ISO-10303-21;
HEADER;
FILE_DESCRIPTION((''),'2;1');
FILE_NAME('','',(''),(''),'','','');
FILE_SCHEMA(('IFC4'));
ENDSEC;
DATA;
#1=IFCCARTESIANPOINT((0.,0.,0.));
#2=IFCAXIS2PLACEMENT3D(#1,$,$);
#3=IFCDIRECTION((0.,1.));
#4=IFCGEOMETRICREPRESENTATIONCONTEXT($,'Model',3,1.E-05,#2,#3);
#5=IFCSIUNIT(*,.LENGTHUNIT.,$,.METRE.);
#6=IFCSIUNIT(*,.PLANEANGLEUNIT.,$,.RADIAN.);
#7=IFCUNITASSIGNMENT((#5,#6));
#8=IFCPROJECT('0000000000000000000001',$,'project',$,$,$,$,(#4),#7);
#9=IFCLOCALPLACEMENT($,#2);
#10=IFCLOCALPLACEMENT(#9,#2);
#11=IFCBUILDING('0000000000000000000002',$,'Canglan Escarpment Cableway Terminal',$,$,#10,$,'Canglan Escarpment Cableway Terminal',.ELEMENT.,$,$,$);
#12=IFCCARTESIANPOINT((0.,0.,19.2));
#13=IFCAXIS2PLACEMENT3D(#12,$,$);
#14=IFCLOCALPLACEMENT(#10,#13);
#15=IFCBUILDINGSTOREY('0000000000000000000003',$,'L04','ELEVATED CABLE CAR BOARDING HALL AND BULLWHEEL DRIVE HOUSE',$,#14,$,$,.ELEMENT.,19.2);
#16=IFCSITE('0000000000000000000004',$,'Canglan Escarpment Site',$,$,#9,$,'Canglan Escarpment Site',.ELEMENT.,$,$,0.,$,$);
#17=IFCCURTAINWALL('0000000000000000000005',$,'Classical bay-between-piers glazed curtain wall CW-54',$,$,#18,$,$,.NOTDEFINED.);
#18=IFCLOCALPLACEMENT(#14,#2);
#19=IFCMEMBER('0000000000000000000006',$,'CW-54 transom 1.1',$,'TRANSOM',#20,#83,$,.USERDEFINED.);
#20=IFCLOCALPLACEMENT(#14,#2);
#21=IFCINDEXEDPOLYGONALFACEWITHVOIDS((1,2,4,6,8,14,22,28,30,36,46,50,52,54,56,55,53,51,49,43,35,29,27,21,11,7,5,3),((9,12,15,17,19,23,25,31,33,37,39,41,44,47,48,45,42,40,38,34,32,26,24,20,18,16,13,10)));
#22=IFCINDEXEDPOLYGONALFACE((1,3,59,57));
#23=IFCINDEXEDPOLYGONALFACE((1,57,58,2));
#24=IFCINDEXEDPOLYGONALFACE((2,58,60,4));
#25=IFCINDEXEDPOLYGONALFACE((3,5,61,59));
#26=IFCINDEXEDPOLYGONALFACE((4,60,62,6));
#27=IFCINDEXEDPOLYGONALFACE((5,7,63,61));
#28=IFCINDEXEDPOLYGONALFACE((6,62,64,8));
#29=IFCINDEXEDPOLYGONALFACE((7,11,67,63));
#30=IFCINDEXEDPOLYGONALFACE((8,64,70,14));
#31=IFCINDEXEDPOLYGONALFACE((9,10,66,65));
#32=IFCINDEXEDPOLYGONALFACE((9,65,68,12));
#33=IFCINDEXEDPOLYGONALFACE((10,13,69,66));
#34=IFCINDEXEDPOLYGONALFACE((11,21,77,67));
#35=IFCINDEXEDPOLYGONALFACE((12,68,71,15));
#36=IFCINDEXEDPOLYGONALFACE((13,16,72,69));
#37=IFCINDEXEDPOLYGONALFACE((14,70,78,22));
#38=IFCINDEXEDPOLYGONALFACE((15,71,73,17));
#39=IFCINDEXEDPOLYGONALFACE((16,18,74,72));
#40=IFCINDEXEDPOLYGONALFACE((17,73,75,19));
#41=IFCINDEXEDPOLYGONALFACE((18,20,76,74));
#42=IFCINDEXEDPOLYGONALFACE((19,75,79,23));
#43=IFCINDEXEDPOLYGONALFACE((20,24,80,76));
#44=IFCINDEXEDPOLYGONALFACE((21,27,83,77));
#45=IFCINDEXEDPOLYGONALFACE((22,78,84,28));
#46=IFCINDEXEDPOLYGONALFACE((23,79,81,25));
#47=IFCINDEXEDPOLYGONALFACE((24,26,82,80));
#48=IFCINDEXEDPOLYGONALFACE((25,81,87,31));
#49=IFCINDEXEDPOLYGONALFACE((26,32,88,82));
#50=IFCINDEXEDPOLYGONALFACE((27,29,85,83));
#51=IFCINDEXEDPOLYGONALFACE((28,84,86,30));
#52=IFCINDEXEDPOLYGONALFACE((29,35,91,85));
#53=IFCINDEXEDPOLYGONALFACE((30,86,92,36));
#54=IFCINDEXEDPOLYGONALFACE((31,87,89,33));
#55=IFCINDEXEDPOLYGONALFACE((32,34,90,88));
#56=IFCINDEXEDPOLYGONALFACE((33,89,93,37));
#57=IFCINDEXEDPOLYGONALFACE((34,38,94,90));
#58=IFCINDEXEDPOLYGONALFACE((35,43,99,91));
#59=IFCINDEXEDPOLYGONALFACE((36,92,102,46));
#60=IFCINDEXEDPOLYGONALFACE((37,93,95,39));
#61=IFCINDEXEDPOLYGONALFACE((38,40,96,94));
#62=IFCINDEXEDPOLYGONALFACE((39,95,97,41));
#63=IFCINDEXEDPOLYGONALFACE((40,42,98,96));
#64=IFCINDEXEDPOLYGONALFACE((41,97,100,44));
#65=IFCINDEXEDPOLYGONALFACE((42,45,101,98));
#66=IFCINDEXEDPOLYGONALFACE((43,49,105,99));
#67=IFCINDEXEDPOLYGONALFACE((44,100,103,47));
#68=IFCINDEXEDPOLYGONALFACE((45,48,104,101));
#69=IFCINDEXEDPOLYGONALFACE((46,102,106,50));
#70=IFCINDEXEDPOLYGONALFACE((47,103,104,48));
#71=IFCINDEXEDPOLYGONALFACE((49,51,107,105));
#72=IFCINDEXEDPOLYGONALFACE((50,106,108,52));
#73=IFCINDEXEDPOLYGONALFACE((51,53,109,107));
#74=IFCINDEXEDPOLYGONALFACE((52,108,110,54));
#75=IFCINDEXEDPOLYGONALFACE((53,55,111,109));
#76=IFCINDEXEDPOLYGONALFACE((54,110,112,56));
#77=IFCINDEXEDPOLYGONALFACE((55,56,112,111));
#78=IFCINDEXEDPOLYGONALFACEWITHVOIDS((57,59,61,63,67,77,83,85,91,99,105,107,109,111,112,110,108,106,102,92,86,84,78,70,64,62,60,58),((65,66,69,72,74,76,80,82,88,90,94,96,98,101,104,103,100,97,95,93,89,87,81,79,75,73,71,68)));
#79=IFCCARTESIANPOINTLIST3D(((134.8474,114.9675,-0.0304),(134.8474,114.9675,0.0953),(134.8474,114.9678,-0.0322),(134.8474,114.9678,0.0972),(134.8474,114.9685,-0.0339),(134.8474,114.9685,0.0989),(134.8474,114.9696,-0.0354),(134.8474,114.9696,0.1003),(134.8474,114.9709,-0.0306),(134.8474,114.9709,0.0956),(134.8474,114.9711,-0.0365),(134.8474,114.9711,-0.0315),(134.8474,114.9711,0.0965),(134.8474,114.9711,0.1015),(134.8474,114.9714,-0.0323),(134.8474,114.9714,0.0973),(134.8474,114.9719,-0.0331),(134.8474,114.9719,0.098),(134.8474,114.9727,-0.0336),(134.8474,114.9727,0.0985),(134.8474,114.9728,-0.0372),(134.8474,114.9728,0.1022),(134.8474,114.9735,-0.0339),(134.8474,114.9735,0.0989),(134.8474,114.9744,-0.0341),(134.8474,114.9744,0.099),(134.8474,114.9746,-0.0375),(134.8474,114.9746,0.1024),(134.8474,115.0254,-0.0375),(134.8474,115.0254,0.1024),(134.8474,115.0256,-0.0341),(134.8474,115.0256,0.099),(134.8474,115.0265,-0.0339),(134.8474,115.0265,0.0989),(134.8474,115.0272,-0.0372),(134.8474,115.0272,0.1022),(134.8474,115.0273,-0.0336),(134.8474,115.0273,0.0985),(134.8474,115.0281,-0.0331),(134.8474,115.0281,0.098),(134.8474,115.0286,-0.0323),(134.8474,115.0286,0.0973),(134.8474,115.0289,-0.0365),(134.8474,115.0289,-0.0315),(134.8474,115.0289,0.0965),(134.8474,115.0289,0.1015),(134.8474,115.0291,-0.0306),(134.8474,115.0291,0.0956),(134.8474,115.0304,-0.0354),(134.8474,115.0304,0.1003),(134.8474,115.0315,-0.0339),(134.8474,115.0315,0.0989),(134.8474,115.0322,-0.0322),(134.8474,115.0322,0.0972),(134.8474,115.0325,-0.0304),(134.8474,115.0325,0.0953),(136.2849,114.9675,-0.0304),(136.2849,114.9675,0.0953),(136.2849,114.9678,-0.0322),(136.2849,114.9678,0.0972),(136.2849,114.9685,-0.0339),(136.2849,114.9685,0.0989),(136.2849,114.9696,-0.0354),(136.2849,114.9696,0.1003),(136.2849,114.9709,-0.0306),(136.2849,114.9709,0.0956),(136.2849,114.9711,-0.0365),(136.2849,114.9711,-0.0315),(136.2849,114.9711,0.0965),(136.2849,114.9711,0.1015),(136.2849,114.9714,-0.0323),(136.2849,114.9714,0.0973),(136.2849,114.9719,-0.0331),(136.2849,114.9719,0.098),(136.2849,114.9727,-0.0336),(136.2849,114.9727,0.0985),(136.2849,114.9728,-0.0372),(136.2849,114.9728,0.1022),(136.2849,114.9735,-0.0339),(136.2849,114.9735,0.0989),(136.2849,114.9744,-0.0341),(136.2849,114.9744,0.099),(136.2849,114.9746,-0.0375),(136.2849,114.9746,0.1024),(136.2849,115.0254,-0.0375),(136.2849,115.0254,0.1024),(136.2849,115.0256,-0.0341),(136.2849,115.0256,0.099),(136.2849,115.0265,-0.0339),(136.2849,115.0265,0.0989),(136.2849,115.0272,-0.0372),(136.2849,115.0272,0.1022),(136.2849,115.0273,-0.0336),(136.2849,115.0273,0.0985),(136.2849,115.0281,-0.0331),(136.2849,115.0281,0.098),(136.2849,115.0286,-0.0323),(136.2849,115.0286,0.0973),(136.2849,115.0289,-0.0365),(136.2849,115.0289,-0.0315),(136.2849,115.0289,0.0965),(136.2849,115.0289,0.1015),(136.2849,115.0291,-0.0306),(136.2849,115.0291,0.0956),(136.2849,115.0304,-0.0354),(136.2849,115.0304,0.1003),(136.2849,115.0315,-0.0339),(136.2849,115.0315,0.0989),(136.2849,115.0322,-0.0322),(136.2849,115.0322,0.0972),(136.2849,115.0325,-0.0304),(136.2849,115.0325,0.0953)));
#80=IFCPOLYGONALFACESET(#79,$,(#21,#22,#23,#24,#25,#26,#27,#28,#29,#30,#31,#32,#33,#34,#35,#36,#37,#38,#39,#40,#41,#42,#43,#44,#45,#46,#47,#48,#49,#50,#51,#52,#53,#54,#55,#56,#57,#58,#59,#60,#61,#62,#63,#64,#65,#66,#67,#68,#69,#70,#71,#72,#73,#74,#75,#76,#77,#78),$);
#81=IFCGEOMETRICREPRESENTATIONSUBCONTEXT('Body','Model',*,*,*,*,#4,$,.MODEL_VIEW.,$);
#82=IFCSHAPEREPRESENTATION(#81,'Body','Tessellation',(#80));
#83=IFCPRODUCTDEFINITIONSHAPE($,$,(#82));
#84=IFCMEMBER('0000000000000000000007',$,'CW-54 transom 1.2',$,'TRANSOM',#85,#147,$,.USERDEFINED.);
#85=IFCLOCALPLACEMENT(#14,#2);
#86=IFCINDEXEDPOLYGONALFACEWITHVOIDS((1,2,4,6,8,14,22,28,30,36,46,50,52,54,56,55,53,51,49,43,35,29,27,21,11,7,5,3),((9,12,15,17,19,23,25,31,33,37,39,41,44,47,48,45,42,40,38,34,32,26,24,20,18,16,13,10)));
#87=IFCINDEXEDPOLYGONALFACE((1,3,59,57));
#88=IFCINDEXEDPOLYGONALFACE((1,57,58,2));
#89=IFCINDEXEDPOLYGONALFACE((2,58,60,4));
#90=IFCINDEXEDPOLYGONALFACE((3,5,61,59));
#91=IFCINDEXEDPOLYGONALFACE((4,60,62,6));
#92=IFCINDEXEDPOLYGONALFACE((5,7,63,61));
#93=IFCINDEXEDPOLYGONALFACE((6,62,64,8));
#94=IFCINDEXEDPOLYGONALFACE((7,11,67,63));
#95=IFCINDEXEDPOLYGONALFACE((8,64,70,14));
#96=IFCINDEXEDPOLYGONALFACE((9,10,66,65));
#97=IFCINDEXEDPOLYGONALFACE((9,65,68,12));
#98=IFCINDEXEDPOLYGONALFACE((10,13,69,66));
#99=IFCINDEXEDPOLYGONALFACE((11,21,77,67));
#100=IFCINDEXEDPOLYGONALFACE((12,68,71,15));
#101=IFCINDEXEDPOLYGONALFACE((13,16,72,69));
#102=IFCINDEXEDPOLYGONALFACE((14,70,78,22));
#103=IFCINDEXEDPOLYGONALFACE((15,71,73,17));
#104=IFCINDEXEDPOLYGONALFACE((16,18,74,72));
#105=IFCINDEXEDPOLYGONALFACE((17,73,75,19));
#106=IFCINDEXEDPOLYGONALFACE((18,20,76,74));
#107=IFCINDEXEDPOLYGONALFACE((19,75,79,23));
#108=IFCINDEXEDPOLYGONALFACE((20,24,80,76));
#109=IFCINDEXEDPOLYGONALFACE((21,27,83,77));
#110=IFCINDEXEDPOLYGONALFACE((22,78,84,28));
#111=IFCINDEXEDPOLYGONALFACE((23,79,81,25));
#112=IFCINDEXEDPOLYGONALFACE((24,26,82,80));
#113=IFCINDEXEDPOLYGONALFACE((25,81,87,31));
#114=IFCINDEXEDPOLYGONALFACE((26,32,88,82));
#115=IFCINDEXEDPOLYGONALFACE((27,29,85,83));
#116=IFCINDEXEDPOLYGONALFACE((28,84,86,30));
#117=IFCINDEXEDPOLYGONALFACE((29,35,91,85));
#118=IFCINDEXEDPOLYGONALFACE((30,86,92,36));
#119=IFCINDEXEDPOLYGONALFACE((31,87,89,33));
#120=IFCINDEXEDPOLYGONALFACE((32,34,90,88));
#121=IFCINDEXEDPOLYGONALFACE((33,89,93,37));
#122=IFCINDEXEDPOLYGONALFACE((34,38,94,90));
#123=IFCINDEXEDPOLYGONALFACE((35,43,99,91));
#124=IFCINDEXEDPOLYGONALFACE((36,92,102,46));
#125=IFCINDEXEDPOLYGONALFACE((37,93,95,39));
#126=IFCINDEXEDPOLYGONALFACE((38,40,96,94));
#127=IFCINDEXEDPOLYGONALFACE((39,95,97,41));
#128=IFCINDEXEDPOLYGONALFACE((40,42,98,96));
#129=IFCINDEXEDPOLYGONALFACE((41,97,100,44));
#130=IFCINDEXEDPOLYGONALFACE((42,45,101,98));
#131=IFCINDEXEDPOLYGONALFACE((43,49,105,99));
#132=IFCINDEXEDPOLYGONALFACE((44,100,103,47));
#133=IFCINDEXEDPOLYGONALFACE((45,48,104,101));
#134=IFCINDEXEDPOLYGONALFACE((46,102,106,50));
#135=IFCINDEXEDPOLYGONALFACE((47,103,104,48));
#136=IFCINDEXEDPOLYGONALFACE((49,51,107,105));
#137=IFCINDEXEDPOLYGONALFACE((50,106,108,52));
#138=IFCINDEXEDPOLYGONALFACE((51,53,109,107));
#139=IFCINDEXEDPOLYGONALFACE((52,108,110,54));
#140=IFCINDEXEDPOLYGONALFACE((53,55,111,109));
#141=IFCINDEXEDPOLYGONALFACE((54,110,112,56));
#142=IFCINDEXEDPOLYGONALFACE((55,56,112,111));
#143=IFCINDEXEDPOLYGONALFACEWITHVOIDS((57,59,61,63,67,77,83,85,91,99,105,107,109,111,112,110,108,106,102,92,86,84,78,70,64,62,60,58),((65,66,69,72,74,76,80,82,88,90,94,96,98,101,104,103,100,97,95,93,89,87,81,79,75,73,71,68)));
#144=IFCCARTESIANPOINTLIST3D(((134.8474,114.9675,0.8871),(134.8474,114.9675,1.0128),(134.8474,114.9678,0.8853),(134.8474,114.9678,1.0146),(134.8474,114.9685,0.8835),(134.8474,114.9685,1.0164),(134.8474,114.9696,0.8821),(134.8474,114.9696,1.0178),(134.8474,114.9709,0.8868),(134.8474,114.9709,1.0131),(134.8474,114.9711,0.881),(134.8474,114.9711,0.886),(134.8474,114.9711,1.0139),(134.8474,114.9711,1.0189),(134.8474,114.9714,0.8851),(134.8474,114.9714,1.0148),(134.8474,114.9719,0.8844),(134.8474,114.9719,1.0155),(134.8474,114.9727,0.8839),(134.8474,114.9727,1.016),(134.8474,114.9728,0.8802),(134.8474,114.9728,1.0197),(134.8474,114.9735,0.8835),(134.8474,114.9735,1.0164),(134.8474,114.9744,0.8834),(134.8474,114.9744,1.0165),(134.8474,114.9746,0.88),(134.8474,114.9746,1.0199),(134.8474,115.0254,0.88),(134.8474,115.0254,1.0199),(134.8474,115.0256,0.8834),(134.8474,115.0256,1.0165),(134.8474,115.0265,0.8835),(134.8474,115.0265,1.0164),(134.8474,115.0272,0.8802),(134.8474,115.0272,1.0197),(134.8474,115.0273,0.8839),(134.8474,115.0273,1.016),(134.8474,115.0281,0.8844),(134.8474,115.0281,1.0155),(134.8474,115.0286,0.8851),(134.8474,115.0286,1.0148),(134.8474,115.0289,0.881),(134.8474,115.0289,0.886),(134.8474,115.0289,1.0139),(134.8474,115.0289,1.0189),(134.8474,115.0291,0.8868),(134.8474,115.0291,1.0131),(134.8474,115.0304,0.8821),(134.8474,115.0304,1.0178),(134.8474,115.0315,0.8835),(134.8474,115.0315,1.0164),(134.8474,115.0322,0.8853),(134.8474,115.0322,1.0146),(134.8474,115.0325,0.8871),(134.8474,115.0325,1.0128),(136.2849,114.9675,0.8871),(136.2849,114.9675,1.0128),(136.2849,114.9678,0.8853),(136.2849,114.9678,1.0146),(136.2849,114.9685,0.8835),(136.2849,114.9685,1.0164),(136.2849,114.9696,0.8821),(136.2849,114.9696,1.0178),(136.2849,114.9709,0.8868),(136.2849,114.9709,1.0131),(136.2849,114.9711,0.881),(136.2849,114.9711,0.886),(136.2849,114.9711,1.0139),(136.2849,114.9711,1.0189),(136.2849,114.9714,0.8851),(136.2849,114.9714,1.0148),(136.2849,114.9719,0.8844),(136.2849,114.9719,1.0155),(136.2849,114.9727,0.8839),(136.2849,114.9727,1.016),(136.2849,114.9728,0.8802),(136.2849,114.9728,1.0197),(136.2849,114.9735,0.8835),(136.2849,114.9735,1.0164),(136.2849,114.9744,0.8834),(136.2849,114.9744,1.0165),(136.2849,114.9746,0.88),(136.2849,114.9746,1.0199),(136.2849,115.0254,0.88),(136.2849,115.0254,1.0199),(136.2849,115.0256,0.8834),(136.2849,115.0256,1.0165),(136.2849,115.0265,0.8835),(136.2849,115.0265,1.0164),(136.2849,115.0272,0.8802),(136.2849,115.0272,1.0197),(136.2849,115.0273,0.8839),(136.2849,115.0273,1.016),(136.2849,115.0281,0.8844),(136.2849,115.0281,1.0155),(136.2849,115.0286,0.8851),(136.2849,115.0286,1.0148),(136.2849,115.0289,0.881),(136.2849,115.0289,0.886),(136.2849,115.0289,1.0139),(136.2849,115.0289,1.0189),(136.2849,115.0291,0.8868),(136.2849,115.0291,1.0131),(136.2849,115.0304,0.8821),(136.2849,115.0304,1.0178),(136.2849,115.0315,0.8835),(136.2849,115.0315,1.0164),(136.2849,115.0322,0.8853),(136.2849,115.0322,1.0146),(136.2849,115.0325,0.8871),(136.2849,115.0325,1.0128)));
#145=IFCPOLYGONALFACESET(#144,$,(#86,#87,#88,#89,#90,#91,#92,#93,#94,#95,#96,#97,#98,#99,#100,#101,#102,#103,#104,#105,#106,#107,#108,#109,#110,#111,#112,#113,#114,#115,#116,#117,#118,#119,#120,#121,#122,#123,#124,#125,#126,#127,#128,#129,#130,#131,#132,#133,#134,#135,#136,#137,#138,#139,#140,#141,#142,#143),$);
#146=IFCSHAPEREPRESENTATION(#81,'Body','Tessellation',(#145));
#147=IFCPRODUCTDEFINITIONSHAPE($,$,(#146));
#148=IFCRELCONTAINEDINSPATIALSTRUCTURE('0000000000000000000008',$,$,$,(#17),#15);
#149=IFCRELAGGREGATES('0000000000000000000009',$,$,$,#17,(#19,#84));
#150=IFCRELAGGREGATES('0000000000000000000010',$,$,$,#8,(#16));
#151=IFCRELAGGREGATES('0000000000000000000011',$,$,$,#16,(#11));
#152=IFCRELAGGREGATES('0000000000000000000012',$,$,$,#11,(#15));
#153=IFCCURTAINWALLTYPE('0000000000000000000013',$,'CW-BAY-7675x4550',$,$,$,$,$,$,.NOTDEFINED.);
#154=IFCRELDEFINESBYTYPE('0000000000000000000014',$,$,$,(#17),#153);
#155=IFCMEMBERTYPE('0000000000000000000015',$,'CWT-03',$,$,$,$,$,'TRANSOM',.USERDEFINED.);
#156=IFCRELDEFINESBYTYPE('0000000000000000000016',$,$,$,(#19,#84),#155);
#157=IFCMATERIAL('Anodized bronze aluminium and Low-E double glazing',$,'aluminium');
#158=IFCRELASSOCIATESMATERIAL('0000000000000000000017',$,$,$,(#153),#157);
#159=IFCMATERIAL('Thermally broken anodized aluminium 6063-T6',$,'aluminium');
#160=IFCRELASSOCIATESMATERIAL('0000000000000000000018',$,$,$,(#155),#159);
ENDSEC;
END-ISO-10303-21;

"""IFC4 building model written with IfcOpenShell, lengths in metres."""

from ifc_helpers import new_model, si_unit, direction, frame, origin, origin_2d, place, context, subcontext, project, spatial, hollow_rectangle, extrude, material, material_profile, profile_set, type_object, element, aggregate, save


model = new_model("IFC4")

# Units and contexts
model_context = context("Model", 3, precision=1e-05, world=origin(), true_north=direction((0.0, 1.0)))
body_context = subcontext(model_context, "Body", "Model", "MODEL_VIEW")
ifc_project = project(units=[si_unit("LENGTHUNIT", "METRE"), si_unit("PLANEANGLEUNIT", "RADIAN")], contexts=[model_context])

# Site, building, storey
site_placement = place(None, origin())
site = spatial("IfcSite", under=ifc_project, at=site_placement, Name="Canglan Escarpment Site", LongName="Canglan Escarpment Site", CompositionType="ELEMENT", RefElevation=0.0)
building_placement = place(site_placement, origin())
building = spatial("IfcBuilding", under=site, at=building_placement, Name="Canglan Escarpment Cableway Terminal", LongName="Canglan Escarpment Cableway Terminal", CompositionType="ELEMENT")
storey_placement = place(building_placement, frame((0.0, 0.0, 19.2)))
storey = spatial("IfcBuildingStorey", under=building, at=storey_placement, Name="L04", Description="ELEVATED CABLE CAR BOARDING HALL AND BULLWHEEL DRIVE HOUSE", CompositionType="ELEMENT", Elevation=19.2)

# Curtain wall, members
ifc_material_1 = material(Name="Anodized bronze aluminium and Low-E double glazing", Category="aluminium")
curtain_wall_type = type_object("IfcCurtainWallType", Name="CW-BAY-7675x4550", PredefinedType="NOTDEFINED", material=ifc_material_1)
curtain_wall_placement = place(storey_placement, origin())
curtain_wall = element("IfcCurtainWall", 1, at=curtain_wall_placement, inside=storey, type_object=curtain_wall_type, Name="Classical bay-between-piers glazed curtain wall CW-54", PredefinedType="NOTDEFINED")
ifc_material_2 = material(Name="Thermally broken anodized aluminium 6063-T6", Category="aluminium")
ifc_material_profile_1 = material_profile(ifc_material_2, hollow_rectangle(XDim=0.0649, YDim=0.1399, WallThickness=0.0034, InnerFilletRadius=0.0034, OuterFilletRadius=0.0071, at=origin_2d()), Name="ALU-TRAN 65x140x3.5")
ifc_profile_set_1 = profile_set([ifc_material_profile_1], Name="Thermally broken anodized aluminium 6063-T6")
member_type_1 = type_object("IfcMemberType", Name="CWT-03", ElementType="TRANSOM", PredefinedType="USERDEFINED", material=ifc_profile_set_1)
member_1_placement = place(storey_placement, frame((136.2849, 115.0, 0.0325), z_axis=(-1.0, 0.0, 0.0), x_axis=(0.0, -1.0, 0.0)))
member_1 = element("IfcMember", 2, at=member_1_placement, type_object=member_type_1, Name="CW-54 transom 1.1", ObjectType="TRANSOM", PredefinedType="USERDEFINED", context=body_context, shape_type="SweptSolid", body=[
    extrude(hollow_rectangle(XDim=0.0649, YDim=0.1399, WallThickness=0.0034, InnerFilletRadius=0.0034, OuterFilletRadius=0.0071, at=origin_2d()), origin(), (0.0, 0.0, 1.0), 1.4375),
])
member_2_placement = place(storey_placement, frame((136.2849, 115.0, 0.95), z_axis=(-1.0, 0.0, 0.0), x_axis=(0.0, -1.0, 0.0)))
member_2 = element("IfcMember", 3, at=member_2_placement, type_object=member_type_1, Name="CW-54 transom 1.2", ObjectType="TRANSOM", PredefinedType="USERDEFINED", context=body_context, shape_type="SweptSolid", body=[
    extrude(hollow_rectangle(XDim=0.0649, YDim=0.1399, WallThickness=0.0034, InnerFilletRadius=0.0034, OuterFilletRadius=0.0071, at=origin_2d()), origin(), (0.0, 0.0, 1.0), 1.4375),
])
aggregate(curtain_wall, [member_1, member_2])

save(model, "model.ifc")
